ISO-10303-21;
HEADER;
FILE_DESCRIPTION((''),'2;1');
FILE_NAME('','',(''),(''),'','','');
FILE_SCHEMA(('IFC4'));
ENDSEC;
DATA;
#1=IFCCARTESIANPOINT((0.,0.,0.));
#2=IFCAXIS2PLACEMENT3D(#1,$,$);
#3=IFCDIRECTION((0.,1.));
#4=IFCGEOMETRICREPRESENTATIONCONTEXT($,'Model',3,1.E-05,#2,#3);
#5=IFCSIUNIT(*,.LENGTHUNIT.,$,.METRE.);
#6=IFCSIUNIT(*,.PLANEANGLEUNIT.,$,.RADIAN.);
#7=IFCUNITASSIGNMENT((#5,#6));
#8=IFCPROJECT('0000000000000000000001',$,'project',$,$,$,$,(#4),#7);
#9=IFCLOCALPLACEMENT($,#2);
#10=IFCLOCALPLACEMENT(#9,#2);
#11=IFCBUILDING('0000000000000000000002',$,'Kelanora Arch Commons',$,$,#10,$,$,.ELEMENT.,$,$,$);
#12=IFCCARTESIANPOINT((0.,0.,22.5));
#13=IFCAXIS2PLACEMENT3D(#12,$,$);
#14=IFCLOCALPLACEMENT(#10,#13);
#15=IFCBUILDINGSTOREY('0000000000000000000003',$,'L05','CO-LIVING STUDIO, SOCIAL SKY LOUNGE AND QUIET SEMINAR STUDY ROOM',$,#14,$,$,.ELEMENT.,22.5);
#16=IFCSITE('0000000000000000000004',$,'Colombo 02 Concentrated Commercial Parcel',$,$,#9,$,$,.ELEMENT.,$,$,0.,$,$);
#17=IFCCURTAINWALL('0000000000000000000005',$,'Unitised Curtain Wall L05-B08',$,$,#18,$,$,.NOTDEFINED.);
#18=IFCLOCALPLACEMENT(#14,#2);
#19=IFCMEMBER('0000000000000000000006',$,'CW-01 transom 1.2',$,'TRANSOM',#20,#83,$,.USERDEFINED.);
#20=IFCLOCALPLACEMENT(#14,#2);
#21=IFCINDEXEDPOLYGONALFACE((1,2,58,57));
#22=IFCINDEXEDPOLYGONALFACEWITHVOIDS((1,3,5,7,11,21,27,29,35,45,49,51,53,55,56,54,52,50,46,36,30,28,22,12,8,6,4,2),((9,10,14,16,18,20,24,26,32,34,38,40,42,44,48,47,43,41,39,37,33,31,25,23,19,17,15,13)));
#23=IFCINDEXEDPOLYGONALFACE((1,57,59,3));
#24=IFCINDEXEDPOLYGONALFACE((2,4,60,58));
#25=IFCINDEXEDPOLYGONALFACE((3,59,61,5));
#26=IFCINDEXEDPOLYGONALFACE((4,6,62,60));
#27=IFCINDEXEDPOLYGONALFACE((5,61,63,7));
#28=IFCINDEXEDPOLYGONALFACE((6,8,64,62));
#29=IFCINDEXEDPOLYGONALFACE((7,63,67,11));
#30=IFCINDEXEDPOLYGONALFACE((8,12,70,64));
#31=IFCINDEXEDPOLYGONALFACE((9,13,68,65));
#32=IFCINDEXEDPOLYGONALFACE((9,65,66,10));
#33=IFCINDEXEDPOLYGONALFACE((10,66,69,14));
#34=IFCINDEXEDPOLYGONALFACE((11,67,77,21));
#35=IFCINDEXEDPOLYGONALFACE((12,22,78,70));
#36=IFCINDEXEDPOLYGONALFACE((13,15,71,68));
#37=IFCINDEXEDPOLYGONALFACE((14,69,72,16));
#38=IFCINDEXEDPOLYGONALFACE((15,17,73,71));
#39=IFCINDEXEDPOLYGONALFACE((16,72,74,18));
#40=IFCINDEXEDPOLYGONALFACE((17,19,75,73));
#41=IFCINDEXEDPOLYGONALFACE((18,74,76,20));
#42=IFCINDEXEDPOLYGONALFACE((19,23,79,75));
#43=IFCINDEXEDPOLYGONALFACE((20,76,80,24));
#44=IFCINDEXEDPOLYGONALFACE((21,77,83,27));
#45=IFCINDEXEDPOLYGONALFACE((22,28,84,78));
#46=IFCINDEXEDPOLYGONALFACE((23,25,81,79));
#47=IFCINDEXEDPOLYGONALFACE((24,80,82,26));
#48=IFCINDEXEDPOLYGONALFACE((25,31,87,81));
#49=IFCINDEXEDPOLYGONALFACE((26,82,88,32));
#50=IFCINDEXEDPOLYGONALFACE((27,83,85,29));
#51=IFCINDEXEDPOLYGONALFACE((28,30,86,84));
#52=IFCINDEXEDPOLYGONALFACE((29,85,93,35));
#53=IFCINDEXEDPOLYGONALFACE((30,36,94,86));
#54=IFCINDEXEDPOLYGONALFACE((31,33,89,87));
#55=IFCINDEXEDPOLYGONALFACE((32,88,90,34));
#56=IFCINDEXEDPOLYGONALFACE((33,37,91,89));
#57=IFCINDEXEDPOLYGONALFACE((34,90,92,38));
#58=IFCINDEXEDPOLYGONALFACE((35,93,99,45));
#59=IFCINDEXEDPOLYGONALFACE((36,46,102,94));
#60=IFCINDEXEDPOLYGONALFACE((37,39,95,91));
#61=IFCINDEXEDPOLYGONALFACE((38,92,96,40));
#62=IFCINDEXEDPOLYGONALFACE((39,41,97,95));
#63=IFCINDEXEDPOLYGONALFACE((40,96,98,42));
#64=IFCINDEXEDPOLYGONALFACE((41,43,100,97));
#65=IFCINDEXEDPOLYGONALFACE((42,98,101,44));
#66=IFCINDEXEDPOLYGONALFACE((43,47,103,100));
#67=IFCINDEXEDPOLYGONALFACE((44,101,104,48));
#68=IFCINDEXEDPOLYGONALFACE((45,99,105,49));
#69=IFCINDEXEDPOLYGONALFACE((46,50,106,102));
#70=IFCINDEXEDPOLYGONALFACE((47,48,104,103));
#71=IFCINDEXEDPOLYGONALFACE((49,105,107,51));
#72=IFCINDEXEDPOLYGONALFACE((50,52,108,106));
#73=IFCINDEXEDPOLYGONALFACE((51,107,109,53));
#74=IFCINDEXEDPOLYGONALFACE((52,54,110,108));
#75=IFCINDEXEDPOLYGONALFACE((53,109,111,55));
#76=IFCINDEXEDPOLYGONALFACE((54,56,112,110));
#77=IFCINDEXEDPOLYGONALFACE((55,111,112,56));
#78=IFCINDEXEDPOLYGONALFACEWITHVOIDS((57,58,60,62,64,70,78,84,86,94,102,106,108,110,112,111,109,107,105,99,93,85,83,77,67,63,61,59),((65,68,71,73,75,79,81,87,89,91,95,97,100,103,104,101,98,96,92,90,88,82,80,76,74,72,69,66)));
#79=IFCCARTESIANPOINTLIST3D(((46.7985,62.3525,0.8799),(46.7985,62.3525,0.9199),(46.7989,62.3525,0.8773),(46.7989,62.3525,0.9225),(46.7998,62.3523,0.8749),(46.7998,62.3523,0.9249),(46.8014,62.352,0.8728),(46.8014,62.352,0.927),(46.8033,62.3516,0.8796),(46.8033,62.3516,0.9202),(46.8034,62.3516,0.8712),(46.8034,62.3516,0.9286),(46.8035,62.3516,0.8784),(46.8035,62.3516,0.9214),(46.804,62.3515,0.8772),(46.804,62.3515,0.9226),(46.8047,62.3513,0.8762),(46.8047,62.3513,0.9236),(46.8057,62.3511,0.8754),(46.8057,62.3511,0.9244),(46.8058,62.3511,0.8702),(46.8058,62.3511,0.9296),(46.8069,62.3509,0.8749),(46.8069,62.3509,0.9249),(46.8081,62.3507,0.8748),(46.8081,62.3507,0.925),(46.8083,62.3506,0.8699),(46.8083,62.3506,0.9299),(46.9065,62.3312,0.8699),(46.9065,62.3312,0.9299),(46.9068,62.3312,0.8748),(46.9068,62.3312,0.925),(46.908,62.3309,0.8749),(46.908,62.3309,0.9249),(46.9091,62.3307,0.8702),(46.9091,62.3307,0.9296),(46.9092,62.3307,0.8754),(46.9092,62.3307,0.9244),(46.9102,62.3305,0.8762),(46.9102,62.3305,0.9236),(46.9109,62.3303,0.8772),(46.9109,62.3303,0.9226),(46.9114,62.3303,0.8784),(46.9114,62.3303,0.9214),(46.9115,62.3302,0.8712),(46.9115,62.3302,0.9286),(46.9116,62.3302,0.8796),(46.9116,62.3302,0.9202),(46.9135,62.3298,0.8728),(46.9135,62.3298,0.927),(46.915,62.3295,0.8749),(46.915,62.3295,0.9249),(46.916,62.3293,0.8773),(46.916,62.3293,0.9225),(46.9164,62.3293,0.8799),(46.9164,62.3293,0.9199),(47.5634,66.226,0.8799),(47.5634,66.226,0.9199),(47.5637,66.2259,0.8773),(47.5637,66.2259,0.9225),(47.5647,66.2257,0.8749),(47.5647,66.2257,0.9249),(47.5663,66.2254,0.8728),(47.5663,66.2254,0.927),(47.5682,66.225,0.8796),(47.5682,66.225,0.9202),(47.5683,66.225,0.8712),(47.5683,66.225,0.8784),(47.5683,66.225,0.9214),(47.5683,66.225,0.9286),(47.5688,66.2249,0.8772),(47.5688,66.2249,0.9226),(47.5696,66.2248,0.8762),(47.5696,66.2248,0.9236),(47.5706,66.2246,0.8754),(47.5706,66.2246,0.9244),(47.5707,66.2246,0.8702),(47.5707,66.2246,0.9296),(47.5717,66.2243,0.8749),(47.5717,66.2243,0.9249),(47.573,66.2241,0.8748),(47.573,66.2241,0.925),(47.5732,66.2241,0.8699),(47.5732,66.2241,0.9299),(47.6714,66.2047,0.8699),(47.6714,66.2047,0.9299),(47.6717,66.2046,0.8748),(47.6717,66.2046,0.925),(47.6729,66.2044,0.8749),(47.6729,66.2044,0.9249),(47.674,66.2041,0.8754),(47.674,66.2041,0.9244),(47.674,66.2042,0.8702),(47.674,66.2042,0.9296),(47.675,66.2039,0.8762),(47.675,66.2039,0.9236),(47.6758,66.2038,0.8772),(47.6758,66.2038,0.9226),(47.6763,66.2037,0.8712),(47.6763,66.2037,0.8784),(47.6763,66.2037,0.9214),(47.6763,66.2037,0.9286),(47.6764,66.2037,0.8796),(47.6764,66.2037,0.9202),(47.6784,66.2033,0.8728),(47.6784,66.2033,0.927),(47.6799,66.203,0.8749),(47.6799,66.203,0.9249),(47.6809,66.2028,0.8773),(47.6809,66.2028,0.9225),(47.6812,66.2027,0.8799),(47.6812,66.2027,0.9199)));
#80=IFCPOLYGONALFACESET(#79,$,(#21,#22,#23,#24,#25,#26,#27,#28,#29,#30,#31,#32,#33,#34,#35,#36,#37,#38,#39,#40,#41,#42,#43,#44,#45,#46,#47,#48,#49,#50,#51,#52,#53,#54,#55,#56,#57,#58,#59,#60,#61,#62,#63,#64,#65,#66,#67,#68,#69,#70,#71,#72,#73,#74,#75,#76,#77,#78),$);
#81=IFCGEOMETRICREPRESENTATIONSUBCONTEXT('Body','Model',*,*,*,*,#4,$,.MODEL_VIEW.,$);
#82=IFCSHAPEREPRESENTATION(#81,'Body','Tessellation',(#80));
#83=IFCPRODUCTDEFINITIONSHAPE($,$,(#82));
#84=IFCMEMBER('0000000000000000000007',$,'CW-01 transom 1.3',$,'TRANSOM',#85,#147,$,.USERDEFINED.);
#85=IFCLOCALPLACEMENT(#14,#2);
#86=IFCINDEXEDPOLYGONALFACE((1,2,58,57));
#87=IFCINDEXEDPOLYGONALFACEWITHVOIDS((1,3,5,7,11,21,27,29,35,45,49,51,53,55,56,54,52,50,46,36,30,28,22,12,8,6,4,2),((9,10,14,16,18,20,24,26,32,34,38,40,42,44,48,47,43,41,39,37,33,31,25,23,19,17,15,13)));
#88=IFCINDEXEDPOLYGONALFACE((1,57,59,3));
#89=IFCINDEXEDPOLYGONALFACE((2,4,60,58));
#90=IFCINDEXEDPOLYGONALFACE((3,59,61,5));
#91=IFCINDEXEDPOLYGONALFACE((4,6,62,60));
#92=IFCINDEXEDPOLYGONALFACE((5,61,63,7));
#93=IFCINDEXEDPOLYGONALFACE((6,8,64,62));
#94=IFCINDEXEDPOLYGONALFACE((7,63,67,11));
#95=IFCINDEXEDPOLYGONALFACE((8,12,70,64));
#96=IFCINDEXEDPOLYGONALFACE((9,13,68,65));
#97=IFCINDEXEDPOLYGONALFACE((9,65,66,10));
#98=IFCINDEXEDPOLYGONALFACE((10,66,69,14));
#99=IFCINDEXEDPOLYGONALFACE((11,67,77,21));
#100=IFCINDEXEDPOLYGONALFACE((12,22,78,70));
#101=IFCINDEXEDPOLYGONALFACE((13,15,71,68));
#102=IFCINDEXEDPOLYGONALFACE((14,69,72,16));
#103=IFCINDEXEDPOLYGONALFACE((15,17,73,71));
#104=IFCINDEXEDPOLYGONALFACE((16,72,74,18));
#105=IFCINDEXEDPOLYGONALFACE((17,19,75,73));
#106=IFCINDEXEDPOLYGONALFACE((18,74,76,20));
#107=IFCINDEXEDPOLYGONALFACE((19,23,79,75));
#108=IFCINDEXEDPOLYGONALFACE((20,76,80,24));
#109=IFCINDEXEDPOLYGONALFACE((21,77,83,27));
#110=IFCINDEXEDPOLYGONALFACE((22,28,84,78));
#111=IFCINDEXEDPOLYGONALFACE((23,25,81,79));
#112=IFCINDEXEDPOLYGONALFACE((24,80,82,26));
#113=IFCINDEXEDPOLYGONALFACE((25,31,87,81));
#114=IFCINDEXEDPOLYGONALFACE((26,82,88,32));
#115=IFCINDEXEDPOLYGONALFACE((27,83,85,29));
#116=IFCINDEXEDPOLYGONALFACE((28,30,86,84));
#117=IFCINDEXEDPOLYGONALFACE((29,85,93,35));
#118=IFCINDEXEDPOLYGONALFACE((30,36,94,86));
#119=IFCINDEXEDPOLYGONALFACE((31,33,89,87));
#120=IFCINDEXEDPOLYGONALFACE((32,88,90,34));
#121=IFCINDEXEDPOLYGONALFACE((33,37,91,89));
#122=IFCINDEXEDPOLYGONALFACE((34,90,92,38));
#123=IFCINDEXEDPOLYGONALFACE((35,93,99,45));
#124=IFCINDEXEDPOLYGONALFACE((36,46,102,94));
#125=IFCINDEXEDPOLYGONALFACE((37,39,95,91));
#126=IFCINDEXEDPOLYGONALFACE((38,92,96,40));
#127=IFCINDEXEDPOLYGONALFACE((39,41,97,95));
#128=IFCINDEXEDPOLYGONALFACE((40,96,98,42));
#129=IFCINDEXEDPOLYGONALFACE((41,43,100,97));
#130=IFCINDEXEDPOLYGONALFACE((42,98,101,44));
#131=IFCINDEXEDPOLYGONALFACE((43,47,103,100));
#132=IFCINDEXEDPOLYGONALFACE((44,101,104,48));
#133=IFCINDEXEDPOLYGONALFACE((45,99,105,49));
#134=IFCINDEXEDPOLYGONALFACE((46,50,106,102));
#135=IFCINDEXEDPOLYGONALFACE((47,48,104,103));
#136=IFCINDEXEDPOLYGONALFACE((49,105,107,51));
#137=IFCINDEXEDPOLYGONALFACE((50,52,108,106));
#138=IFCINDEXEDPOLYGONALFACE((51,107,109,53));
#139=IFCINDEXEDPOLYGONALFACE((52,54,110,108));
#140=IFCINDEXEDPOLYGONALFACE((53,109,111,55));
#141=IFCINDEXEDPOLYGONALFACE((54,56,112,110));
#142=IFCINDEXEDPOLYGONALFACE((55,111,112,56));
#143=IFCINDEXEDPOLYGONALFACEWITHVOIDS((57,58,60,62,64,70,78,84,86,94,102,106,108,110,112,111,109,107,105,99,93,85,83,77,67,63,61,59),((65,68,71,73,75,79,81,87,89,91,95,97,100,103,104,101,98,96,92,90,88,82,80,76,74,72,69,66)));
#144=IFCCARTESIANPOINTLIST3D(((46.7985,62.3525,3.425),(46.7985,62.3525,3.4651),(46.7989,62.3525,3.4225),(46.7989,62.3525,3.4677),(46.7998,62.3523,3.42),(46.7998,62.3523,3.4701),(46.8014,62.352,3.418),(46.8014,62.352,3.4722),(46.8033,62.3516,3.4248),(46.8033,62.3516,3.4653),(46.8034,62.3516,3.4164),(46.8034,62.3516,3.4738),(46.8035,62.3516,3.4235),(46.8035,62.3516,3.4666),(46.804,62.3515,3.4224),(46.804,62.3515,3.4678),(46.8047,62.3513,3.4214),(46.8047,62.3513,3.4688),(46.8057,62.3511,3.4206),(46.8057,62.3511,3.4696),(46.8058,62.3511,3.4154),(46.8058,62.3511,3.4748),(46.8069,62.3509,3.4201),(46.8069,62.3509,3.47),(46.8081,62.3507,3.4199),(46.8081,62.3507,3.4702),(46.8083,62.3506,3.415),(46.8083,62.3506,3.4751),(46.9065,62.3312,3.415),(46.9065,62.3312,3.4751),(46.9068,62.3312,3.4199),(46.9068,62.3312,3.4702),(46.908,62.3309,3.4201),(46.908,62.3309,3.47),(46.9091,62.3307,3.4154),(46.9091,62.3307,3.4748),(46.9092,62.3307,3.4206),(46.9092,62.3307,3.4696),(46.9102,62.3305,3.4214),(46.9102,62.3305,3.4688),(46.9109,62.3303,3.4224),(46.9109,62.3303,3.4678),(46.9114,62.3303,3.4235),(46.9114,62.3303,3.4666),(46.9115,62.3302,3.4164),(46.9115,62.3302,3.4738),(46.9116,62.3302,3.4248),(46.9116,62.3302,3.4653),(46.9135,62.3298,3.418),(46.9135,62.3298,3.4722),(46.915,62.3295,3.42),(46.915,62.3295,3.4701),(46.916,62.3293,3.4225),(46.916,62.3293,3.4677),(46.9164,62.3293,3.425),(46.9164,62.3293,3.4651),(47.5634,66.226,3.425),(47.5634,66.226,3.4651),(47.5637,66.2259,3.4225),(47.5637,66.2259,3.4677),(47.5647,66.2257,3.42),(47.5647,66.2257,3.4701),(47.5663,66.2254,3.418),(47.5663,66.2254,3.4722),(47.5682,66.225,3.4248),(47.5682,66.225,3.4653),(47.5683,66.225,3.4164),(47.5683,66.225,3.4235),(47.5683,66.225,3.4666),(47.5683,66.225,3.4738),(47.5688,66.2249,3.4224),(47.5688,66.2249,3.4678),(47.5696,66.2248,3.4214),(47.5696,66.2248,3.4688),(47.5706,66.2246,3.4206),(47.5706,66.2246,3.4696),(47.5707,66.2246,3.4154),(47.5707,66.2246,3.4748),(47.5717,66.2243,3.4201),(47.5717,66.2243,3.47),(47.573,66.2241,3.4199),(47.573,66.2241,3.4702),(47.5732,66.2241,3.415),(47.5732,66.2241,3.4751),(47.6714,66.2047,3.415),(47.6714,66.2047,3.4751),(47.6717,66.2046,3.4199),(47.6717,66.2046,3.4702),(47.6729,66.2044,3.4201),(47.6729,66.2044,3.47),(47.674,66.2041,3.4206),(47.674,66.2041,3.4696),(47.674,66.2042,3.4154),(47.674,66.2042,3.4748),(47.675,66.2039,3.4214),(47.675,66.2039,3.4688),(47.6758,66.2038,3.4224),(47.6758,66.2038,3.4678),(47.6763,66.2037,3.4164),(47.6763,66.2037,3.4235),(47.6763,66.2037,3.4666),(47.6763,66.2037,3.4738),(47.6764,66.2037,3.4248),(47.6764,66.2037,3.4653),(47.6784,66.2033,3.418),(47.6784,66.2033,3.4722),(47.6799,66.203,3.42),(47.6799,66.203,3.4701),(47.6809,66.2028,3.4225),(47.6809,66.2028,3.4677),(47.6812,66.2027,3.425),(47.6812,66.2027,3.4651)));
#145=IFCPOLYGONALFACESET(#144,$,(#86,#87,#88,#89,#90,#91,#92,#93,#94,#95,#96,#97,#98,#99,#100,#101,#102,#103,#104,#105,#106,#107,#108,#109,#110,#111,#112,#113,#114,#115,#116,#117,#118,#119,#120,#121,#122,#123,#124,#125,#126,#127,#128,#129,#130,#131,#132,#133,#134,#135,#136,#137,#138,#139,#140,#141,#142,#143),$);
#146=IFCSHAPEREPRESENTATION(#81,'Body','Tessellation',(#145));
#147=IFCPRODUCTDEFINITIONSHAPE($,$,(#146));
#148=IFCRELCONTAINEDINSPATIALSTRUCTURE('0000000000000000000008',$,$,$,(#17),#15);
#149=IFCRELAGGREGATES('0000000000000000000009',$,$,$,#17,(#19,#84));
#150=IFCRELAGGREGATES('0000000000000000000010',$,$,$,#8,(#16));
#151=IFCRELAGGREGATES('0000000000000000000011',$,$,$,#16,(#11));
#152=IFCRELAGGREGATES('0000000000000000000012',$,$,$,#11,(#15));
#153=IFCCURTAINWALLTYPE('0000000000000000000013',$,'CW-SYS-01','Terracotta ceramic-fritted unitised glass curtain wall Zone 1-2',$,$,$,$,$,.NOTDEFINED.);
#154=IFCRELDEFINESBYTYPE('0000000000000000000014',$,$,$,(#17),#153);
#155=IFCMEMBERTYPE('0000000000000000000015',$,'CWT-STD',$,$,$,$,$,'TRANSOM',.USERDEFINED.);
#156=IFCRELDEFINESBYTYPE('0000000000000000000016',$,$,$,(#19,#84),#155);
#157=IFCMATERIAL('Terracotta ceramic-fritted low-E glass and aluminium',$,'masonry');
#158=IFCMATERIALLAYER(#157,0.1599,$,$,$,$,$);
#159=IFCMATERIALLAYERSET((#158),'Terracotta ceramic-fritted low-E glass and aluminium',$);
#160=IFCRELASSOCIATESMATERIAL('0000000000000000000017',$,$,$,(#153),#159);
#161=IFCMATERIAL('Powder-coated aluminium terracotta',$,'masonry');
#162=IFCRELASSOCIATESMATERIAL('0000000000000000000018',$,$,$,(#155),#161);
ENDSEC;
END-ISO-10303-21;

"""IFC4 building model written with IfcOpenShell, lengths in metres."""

from ifc_helpers import new_model, si_unit, direction, frame, origin, origin_2d, place, context, subcontext, project, spatial, hollow_rectangle, extrude, material, layer, layer_set, material_profile, profile_set, type_object, element, aggregate, save


model = new_model("IFC4")

# Units and contexts
model_context = context("Model", 3, precision=1e-05, world=origin(), true_north=direction((0.0, 1.0)))
body_context = subcontext(model_context, "Body", "Model", "MODEL_VIEW")
ifc_project = project(units=[si_unit("LENGTHUNIT", "METRE"), si_unit("PLANEANGLEUNIT", "RADIAN")], contexts=[model_context])

# Site, building, storey
site_placement = place(None, origin())
site = spatial("IfcSite", under=ifc_project, at=site_placement, Name="Colombo 02 Concentrated Commercial Parcel", CompositionType="ELEMENT", RefElevation=0.0)
building_placement = place(site_placement, origin())
building = spatial("IfcBuilding", under=site, at=building_placement, Name="Kelanora Arch Commons", CompositionType="ELEMENT")
storey_placement = place(building_placement, frame((0.0, 0.0, 22.5)))
storey = spatial("IfcBuildingStorey", under=building, at=storey_placement, Name="L05", Description="CO-LIVING STUDIO, SOCIAL SKY LOUNGE AND QUIET SEMINAR STUDY ROOM", CompositionType="ELEMENT", Elevation=22.5)

# Curtain wall, members
ifc_material_1 = material(Name="Terracotta ceramic-fritted low-E glass and aluminium", Category="masonry")
ifc_layer_1 = layer(ifc_material_1, 0.1599)
ifc_layer_set_1 = layer_set([ifc_layer_1], Name="Terracotta ceramic-fritted low-E glass and aluminium")
curtain_wall_type = type_object("IfcCurtainWallType", Name="CW-SYS-01", Description="Terracotta ceramic-fritted unitised glass curtain wall Zone 1-2", PredefinedType="NOTDEFINED", material=ifc_layer_set_1)
curtain_wall_placement = place(storey_placement, origin())
curtain_wall = element("IfcCurtainWall", 1, at=curtain_wall_placement, inside=storey, type_object=curtain_wall_type, Name="Unitised Curtain Wall L05-B08", PredefinedType="NOTDEFINED")
ifc_material_2 = material(Name="Powder-coated aluminium terracotta", Category="masonry")
ifc_material_profile_1 = material_profile(ifc_material_2, hollow_rectangle(XDim=0.1201, YDim=0.0601, WallThickness=0.0049, InnerFilletRadius=0.0049, OuterFilletRadius=0.01, at=origin_2d()), Name="CWT120x60")
ifc_profile_set_1 = profile_set([ifc_material_profile_1], Name="Powder-coated aluminium terracotta")
member_type_1 = type_object("IfcMemberType", Name="CWT-STD", ElementType="TRANSOM", PredefinedType="USERDEFINED", material=ifc_profile_set_1)
member_1_placement = place(storey_placement, frame((47.6223, 66.2144, 0.8999), z_axis=(-0.193725, -0.981056, 0.0), x_axis=(0.981056, -0.193725, 0.0)))
member_1 = element("IfcMember", 2, at=member_1_placement, type_object=member_type_1, Name="CW-01 transom 1.2", ObjectType="TRANSOM", PredefinedType="USERDEFINED", context=body_context, shape_type="SweptSolid", body=[
    extrude(hollow_rectangle(XDim=0.1201, YDim=0.0601, WallThickness=0.0049, InnerFilletRadius=0.0049, OuterFilletRadius=0.01, at=origin_2d()), origin(), (0.0, 0.0, 1.0), 3.9482),
])
member_2_placement = place(storey_placement, frame((47.6223, 66.2144, 3.4451), z_axis=(-0.193725, -0.981056, 0.0), x_axis=(0.981056, -0.193725, 0.0)))
member_2 = element("IfcMember", 3, at=member_2_placement, type_object=member_type_1, Name="CW-01 transom 1.3", ObjectType="TRANSOM", PredefinedType="USERDEFINED", context=body_context, shape_type="SweptSolid", body=[
    extrude(hollow_rectangle(XDim=0.1201, YDim=0.0601, WallThickness=0.0049, InnerFilletRadius=0.0049, OuterFilletRadius=0.01, at=origin_2d()), origin(), (0.0, 0.0, 1.0), 3.9482),
])
aggregate(curtain_wall, [member_1, member_2])

save(model, "model.ifc")
